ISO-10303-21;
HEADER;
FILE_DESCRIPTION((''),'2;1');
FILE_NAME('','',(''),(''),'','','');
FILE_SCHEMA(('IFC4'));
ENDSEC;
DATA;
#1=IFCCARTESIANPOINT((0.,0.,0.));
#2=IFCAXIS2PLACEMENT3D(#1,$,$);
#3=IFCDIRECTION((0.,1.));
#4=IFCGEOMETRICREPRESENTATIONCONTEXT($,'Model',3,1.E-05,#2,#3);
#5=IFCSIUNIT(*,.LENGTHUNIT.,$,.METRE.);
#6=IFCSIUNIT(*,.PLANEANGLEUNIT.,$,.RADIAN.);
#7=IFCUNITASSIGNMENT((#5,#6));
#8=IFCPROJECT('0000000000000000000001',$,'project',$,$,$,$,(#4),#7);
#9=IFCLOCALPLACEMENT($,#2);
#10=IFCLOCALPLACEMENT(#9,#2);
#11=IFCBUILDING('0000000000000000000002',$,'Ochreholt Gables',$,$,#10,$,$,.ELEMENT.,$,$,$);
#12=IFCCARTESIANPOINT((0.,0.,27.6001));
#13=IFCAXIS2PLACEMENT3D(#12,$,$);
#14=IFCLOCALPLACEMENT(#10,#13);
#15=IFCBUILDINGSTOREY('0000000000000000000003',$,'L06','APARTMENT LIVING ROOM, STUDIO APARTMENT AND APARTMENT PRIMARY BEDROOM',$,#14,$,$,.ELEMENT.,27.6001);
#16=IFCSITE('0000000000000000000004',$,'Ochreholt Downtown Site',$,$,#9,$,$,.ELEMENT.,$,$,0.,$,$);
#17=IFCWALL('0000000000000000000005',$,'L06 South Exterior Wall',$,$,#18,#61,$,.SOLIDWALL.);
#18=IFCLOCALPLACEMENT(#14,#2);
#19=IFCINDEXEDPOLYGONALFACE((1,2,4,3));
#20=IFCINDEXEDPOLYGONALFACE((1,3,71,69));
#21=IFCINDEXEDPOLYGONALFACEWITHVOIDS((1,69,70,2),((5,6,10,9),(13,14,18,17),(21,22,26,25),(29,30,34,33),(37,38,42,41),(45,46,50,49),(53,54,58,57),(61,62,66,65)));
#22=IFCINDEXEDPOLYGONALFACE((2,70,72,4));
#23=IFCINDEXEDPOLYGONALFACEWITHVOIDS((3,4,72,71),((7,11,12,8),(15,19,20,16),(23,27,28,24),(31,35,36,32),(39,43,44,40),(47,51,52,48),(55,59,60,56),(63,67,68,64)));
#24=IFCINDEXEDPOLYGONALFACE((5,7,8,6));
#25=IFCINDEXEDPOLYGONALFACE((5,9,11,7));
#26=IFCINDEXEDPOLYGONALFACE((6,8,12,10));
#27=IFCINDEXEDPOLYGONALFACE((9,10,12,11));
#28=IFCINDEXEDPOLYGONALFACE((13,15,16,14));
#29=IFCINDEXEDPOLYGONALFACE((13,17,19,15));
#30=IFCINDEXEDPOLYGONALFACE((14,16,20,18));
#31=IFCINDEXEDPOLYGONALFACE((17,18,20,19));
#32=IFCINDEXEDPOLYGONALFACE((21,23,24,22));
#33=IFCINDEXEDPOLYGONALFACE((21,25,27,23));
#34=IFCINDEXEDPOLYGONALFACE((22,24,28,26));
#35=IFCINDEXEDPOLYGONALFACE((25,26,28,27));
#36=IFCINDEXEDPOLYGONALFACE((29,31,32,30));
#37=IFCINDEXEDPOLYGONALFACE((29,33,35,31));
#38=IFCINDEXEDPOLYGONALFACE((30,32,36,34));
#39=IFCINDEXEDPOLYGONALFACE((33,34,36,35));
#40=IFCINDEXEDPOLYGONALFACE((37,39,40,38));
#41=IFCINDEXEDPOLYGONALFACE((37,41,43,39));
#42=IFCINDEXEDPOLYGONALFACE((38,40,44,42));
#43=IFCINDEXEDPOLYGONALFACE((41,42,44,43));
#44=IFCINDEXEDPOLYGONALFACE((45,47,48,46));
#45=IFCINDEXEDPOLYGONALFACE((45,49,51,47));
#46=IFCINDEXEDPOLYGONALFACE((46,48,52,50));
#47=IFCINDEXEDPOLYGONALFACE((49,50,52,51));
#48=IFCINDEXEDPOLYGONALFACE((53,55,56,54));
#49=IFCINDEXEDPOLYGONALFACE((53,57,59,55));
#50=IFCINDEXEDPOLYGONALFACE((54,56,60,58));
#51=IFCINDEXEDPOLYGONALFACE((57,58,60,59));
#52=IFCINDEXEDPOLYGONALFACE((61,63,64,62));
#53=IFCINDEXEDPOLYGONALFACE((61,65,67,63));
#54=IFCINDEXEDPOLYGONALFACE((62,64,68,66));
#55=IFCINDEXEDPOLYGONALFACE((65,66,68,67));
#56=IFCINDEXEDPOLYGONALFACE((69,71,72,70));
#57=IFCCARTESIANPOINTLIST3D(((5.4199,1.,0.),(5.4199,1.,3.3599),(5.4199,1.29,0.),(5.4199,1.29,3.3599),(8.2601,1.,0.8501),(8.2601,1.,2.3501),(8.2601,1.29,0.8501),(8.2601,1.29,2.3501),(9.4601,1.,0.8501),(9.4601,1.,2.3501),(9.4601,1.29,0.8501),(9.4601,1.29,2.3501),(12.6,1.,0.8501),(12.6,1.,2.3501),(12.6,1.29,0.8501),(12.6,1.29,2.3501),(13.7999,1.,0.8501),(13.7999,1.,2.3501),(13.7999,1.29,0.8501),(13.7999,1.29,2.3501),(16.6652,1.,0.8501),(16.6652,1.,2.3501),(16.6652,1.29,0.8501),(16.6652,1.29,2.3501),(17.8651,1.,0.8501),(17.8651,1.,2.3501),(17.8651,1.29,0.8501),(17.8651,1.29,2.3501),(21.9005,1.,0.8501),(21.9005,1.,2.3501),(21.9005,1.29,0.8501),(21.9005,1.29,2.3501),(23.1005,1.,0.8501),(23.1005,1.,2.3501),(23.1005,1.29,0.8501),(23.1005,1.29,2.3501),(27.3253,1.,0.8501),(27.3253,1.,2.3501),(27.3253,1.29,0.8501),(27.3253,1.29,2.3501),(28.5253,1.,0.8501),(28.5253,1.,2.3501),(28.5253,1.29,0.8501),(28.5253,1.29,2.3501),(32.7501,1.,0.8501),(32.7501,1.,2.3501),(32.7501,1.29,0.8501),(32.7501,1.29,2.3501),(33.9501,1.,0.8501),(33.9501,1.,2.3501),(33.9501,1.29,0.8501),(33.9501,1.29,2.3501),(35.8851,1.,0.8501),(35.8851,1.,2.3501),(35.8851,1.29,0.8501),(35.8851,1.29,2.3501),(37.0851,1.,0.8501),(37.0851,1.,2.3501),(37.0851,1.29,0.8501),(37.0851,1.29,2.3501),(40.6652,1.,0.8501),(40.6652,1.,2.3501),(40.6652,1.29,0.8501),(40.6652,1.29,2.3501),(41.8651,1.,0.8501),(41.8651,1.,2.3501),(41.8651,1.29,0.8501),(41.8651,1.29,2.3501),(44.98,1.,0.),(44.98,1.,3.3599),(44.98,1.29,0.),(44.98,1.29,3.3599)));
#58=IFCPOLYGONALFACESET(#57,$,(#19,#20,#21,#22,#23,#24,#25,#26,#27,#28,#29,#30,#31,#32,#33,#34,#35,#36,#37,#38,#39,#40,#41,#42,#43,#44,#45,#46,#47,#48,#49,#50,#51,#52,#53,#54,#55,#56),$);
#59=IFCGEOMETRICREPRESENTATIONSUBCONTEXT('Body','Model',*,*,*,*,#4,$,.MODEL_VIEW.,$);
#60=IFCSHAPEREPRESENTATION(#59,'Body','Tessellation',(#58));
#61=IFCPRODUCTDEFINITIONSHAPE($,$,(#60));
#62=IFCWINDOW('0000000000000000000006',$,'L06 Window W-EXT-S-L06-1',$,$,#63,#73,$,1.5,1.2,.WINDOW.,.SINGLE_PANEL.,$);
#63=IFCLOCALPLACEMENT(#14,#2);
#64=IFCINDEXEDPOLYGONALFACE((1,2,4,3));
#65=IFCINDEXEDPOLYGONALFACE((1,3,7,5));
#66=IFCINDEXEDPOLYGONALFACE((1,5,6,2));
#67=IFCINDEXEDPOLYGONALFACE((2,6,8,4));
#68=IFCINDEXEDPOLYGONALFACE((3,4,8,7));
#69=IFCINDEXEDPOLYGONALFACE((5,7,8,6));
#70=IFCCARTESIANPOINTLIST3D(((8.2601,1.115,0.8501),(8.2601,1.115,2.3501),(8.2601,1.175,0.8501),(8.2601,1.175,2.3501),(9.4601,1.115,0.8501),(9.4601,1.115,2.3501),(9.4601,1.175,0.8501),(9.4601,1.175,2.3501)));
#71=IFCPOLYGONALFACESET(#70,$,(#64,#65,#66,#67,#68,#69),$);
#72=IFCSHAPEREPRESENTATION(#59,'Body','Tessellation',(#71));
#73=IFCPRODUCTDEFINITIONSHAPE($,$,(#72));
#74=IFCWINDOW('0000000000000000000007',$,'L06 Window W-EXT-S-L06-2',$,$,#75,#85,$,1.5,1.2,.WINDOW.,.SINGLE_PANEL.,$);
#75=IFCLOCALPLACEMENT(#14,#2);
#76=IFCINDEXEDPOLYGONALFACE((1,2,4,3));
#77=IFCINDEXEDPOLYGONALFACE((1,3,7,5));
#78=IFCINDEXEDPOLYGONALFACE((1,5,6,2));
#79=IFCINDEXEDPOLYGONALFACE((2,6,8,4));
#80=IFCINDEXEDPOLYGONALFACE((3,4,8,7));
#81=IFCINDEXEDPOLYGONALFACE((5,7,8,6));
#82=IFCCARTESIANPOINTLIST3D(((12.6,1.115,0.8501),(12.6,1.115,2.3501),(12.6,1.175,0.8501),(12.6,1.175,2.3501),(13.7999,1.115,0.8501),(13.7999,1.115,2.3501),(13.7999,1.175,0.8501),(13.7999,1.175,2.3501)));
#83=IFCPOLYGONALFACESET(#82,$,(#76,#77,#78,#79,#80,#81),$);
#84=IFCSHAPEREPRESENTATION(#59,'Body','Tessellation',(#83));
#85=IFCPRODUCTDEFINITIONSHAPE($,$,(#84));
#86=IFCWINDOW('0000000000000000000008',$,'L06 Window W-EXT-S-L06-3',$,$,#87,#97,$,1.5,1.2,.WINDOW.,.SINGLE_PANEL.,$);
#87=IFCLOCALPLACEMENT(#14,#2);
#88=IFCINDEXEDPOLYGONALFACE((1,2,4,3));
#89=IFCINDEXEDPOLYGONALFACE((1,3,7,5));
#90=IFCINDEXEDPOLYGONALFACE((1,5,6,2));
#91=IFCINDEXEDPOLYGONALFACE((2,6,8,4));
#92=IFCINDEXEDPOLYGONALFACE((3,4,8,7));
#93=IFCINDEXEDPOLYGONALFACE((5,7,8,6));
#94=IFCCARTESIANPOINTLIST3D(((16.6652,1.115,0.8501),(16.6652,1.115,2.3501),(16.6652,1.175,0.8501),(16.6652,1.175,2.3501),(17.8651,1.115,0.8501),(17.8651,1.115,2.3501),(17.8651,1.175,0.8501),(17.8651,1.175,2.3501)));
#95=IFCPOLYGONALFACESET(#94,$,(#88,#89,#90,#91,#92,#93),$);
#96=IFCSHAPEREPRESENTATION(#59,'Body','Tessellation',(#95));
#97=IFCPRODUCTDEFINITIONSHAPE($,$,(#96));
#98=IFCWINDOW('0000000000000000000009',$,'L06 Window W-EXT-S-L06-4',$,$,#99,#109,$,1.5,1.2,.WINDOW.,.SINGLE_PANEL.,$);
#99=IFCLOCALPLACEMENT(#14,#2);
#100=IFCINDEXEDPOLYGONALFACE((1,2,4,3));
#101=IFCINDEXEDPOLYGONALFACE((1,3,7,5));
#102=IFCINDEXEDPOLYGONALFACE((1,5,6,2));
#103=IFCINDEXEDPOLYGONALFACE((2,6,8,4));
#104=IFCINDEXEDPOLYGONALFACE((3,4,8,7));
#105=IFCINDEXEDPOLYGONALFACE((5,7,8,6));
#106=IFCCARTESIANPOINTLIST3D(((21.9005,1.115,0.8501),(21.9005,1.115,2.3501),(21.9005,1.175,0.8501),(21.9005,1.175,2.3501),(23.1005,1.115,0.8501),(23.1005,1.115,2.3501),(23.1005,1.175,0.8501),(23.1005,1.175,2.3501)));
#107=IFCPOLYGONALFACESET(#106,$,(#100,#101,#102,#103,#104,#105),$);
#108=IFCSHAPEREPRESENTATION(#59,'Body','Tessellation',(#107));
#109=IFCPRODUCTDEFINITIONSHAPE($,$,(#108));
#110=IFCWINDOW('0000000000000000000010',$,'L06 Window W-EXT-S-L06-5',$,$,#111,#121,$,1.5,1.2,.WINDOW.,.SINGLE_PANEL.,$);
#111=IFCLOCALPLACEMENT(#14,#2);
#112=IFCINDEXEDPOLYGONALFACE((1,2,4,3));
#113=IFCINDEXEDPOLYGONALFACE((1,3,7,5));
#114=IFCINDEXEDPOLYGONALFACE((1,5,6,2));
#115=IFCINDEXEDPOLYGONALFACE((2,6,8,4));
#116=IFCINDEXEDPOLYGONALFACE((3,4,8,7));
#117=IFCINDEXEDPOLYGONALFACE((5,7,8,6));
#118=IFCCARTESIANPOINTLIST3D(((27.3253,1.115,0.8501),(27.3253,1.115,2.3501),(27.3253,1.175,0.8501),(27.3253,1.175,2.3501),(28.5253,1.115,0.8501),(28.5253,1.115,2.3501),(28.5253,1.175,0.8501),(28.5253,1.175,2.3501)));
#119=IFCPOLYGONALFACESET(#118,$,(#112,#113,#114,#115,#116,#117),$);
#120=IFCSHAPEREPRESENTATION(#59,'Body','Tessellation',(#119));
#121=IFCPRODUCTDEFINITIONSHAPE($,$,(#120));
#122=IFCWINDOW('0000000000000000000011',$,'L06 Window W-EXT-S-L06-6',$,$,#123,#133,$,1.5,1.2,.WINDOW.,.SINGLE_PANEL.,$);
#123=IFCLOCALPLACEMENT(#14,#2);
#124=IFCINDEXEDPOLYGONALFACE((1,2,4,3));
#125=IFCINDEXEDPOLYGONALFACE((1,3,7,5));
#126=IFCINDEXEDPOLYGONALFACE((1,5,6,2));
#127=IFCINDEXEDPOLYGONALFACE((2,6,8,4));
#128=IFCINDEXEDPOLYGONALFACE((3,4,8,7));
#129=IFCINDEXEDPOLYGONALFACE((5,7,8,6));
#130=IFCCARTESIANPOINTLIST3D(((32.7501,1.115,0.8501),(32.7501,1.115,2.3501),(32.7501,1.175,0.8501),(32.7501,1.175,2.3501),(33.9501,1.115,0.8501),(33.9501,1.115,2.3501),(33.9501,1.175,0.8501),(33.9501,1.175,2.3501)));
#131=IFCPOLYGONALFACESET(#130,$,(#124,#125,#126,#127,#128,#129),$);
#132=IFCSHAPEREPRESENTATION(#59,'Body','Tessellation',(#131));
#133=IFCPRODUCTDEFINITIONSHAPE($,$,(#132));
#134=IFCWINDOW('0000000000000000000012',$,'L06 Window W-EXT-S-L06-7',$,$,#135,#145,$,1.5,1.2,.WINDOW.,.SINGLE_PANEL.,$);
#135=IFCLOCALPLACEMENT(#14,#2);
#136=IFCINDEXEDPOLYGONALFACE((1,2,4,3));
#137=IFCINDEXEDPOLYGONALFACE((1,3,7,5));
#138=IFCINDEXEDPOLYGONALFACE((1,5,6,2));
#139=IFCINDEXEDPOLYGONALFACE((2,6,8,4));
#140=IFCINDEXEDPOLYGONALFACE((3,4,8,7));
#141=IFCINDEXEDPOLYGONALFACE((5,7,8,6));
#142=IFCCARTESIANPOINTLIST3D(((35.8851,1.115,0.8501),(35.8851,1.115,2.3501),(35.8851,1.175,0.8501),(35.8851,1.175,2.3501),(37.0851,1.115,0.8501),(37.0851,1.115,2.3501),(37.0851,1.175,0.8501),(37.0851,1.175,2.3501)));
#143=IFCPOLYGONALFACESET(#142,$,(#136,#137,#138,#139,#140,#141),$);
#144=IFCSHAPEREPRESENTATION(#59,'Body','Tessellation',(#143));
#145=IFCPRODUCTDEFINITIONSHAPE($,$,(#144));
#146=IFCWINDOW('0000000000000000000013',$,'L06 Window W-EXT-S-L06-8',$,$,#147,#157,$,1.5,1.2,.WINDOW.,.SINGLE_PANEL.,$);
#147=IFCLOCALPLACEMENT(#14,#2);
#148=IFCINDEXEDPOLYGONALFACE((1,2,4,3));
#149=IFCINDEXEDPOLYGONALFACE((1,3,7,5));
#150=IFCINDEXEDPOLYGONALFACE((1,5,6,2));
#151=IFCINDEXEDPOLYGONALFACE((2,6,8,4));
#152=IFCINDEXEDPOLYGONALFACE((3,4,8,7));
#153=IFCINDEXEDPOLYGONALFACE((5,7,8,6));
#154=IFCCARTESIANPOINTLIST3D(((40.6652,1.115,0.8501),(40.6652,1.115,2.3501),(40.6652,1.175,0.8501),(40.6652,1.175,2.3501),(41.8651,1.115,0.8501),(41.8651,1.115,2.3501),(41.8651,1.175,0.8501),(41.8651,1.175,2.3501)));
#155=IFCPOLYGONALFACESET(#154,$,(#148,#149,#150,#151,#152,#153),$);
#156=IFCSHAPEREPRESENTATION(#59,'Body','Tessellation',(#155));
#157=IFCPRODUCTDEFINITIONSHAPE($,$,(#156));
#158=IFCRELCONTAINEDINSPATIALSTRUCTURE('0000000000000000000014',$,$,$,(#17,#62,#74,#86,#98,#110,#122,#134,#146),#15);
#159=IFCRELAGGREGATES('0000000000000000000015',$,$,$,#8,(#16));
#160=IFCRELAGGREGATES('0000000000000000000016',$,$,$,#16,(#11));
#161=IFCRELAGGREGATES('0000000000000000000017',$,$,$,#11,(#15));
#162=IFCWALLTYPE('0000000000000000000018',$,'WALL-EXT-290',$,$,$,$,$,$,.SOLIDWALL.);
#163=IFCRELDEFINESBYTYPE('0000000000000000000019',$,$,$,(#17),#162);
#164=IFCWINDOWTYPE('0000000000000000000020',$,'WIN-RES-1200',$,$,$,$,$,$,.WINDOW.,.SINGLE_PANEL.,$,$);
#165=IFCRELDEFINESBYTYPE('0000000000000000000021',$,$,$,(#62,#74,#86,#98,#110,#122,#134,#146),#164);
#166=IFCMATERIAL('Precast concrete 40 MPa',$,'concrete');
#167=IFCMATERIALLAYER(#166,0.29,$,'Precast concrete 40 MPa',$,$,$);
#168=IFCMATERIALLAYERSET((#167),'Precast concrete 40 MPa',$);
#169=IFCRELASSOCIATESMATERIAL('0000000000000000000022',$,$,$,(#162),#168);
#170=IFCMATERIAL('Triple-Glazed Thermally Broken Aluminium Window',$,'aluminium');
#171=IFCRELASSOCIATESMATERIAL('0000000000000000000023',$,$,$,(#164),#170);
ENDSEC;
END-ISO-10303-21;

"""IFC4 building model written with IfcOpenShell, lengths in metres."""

from ifc_helpers import new_model, si_unit, direction, frame, frame_2d, origin, place, context, subcontext, project, spatial, rectangle, extrude, material, layer, layer_set, type_object, element, fill, save


model = new_model("IFC4")

# Units and contexts
model_context = context("Model", 3, precision=1e-05, world=origin(), true_north=direction((0.0, 1.0)))
body_context = subcontext(model_context, "Body", "Model", "MODEL_VIEW")
ifc_project = project(units=[si_unit("LENGTHUNIT", "METRE"), si_unit("PLANEANGLEUNIT", "RADIAN")], contexts=[model_context])

# Site, building, storey
site_placement = place(None, origin())
site = spatial("IfcSite", under=ifc_project, at=site_placement, Name="Ochreholt Downtown Site", CompositionType="ELEMENT", RefElevation=0.0)
building_placement = place(site_placement, origin())
building = spatial("IfcBuilding", under=site, at=building_placement, Name="Ochreholt Gables", CompositionType="ELEMENT")
storey_placement = place(building_placement, frame((0.0, 0.0, 27.6001)))
storey = spatial("IfcBuildingStorey", under=building, at=storey_placement, Name="L06", Description="APARTMENT LIVING ROOM, STUDIO APARTMENT AND APARTMENT PRIMARY BEDROOM", CompositionType="ELEMENT", Elevation=27.6001)

# Wall, openings, windows
ifc_material_1 = material(Name="Precast concrete 40 MPa", Category="concrete")
ifc_layer_1 = layer(ifc_material_1, 0.29, Name="Precast concrete 40 MPa")
ifc_layer_set_1 = layer_set([ifc_layer_1], Name="Precast concrete 40 MPa")
wall_type_1 = type_object("IfcWallType", Name="WALL-EXT-290", PredefinedType="SOLIDWALL", material=ifc_layer_set_1)
wall_1_placement = place(storey_placement, frame((5.4199, 1.145, 0.0), z_axis=(0.0, 0.0, 1.0), x_axis=(1.0, 0.0, 0.0)))
wall_1 = element("IfcWall", 1, at=wall_1_placement, inside=storey, type_object=wall_type_1, Name="L06 South Exterior Wall", PredefinedType="SOLIDWALL", context=body_context, shape_type="SweptSolid", body=[
    extrude(rectangle(XDim=39.5601, YDim=0.29, at=frame_2d((19.78, 0.0))), origin(), (0.0, 0.0, 1.0), 3.3599),
])
opening_1_placement = place(wall_1_placement, frame((2.8401, 0.0, 0.8501)))
opening_1 = element("IfcOpeningElement", 2, at=opening_1_placement, cuts=wall_1, PredefinedType="OPENING", context=body_context, shape_type="SweptSolid", body=[
    extrude(rectangle(XDim=1.2, YDim=1.5, at=frame_2d((0.6001, 0.75))), frame((0.0, 0.155, 0.0), z_axis=(0.0, -1.0, 0.0), x_axis=(1.0, 0.0, 0.0)), (0.0, 0.0, 1.0), 0.3101),
])
opening_2_placement = place(wall_1_placement, frame((7.1799, 0.0, 0.8501)))
opening_2 = element("IfcOpeningElement", 3, at=opening_2_placement, cuts=wall_1, PredefinedType="OPENING", context=body_context, shape_type="SweptSolid", body=[
    extrude(rectangle(XDim=1.2, YDim=1.5, at=frame_2d((0.6001, 0.75))), frame((0.0, 0.155, 0.0), z_axis=(0.0, -1.0, 0.0), x_axis=(1.0, 0.0, 0.0)), (0.0, 0.0, 1.0), 0.3101),
])
opening_3_placement = place(wall_1_placement, frame((11.2451, 0.0, 0.8501)))
opening_3 = element("IfcOpeningElement", 4, at=opening_3_placement, cuts=wall_1, PredefinedType="OPENING", context=body_context, shape_type="SweptSolid", body=[
    extrude(rectangle(XDim=1.2, YDim=1.5, at=frame_2d((0.6001, 0.75))), frame((0.0, 0.155, 0.0), z_axis=(0.0, -1.0, 0.0), x_axis=(1.0, 0.0, 0.0)), (0.0, 0.0, 1.0), 0.3101),
])
opening_4_placement = place(wall_1_placement, frame((16.4805, 0.0, 0.8501)))
opening_4 = element("IfcOpeningElement", 5, at=opening_4_placement, cuts=wall_1, PredefinedType="OPENING", context=body_context, shape_type="SweptSolid", body=[
    extrude(rectangle(XDim=1.2, YDim=1.5, at=frame_2d((0.6001, 0.75))), frame((0.0, 0.155, 0.0), z_axis=(0.0, -1.0, 0.0), x_axis=(1.0, 0.0, 0.0)), (0.0, 0.0, 1.0), 0.3101),
])
opening_5_placement = place(wall_1_placement, frame((21.9053, 0.0, 0.8501)))
opening_5 = element("IfcOpeningElement", 6, at=opening_5_placement, cuts=wall_1, PredefinedType="OPENING", context=body_context, shape_type="SweptSolid", body=[
    extrude(rectangle(XDim=1.2, YDim=1.5, at=frame_2d((0.6001, 0.75))), frame((0.0, 0.155, 0.0), z_axis=(0.0, -1.0, 0.0), x_axis=(1.0, 0.0, 0.0)), (0.0, 0.0, 1.0), 0.3101),
])
opening_6_placement = place(wall_1_placement, frame((27.3301, 0.0, 0.8501)))
opening_6 = element("IfcOpeningElement", 7, at=opening_6_placement, cuts=wall_1, PredefinedType="OPENING", context=body_context, shape_type="SweptSolid", body=[
    extrude(rectangle(XDim=1.2, YDim=1.5, at=frame_2d((0.6001, 0.75))), frame((0.0, 0.155, 0.0), z_axis=(0.0, -1.0, 0.0), x_axis=(1.0, 0.0, 0.0)), (0.0, 0.0, 1.0), 0.3101),
])
opening_7_placement = place(wall_1_placement, frame((30.4651, 0.0, 0.8501)))
opening_7 = element("IfcOpeningElement", 8, at=opening_7_placement, cuts=wall_1, PredefinedType="OPENING", context=body_context, shape_type="SweptSolid", body=[
    extrude(rectangle(XDim=1.2, YDim=1.5, at=frame_2d((0.6001, 0.75))), frame((0.0, 0.155, 0.0), z_axis=(0.0, -1.0, 0.0), x_axis=(1.0, 0.0, 0.0)), (0.0, 0.0, 1.0), 0.3101),
])
opening_8_placement = place(wall_1_placement, frame((35.2451, 0.0, 0.8501)))
opening_8 = element("IfcOpeningElement", 9, at=opening_8_placement, cuts=wall_1, PredefinedType="OPENING", context=body_context, shape_type="SweptSolid", body=[
    extrude(rectangle(XDim=1.2, YDim=1.5, at=frame_2d((0.6001, 0.75))), frame((0.0, 0.155, 0.0), z_axis=(0.0, -1.0, 0.0), x_axis=(1.0, 0.0, 0.0)), (0.0, 0.0, 1.0), 0.3101),
])
ifc_material_2 = material(Name="Triple-Glazed Thermally Broken Aluminium Window", Category="aluminium")
window_type = type_object("IfcWindowType", Name="WIN-RES-1200", PartitioningType="SINGLE_PANEL", PredefinedType="WINDOW", material=ifc_material_2)
window_1_placement = place(opening_1_placement, origin())
window_1 = element("IfcWindow", 10, at=window_1_placement, inside=storey, type_object=window_type, Name="L06 Window W-EXT-S-L06-1", OverallHeight=1.5, OverallWidth=1.2, PartitioningType="SINGLE_PANEL", PredefinedType="WINDOW", context=body_context, shape_type="SweptSolid", body=[
    extrude(rectangle(XDim=1.2, YDim=1.5, at=frame_2d((0.6001, 0.75))), frame((0.0, 0.03, 0.0), z_axis=(0.0, -1.0, 0.0), x_axis=(1.0, 0.0, 0.0)), (0.0, 0.0, 1.0), 0.0601),
])
fill(opening_1, window_1)
window_2_placement = place(opening_2_placement, origin())
window_2 = element("IfcWindow", 11, at=window_2_placement, inside=storey, type_object=window_type, Name="L06 Window W-EXT-S-L06-2", OverallHeight=1.5, OverallWidth=1.2, PartitioningType="SINGLE_PANEL", PredefinedType="WINDOW", context=body_context, shape_type="SweptSolid", body=[
    extrude(rectangle(XDim=1.2, YDim=1.5, at=frame_2d((0.6001, 0.75))), frame((0.0, 0.03, 0.0), z_axis=(0.0, -1.0, 0.0), x_axis=(1.0, 0.0, 0.0)), (0.0, 0.0, 1.0), 0.0601),
])
fill(opening_2, window_2)
window_3_placement = place(opening_3_placement, origin())
window_3 = element("IfcWindow", 12, at=window_3_placement, inside=storey, type_object=window_type, Name="L06 Window W-EXT-S-L06-3", OverallHeight=1.5, OverallWidth=1.2, PartitioningType="SINGLE_PANEL", PredefinedType="WINDOW", context=body_context, shape_type="SweptSolid", body=[
    extrude(rectangle(XDim=1.2, YDim=1.5, at=frame_2d((0.6001, 0.75))), frame((0.0, 0.03, 0.0), z_axis=(0.0, -1.0, 0.0), x_axis=(1.0, 0.0, 0.0)), (0.0, 0.0, 1.0), 0.0601),
])
fill(opening_3, window_3)
window_4_placement = place(opening_4_placement, origin())
window_4 = element("IfcWindow", 13, at=window_4_placement, inside=storey, type_object=window_type, Name="L06 Window W-EXT-S-L06-4", OverallHeight=1.5, OverallWidth=1.2, PartitioningType="SINGLE_PANEL", PredefinedType="WINDOW", context=body_context, shape_type="SweptSolid", body=[
    extrude(rectangle(XDim=1.2, YDim=1.5, at=frame_2d((0.6001, 0.75))), frame((0.0, 0.03, 0.0), z_axis=(0.0, -1.0, 0.0), x_axis=(1.0, 0.0, 0.0)), (0.0, 0.0, 1.0), 0.0601),
])
fill(opening_4, window_4)
window_5_placement = place(opening_5_placement, origin())
window_5 = element("IfcWindow", 14, at=window_5_placement, inside=storey, type_object=window_type, Name="L06 Window W-EXT-S-L06-5", OverallHeight=1.5, OverallWidth=1.2, PartitioningType="SINGLE_PANEL", PredefinedType="WINDOW", context=body_context, shape_type="SweptSolid", body=[
    extrude(rectangle(XDim=1.2, YDim=1.5, at=frame_2d((0.6001, 0.75))), frame((0.0, 0.03, 0.0), z_axis=(0.0, -1.0, 0.0), x_axis=(1.0, 0.0, 0.0)), (0.0, 0.0, 1.0), 0.0601),
])
fill(opening_5, window_5)
window_6_placement = place(opening_6_placement, origin())
window_6 = element("IfcWindow", 15, at=window_6_placement, inside=storey, type_object=window_type, Name="L06 Window W-EXT-S-L06-6", OverallHeight=1.5, OverallWidth=1.2, PartitioningType="SINGLE_PANEL", PredefinedType="WINDOW", context=body_context, shape_type="SweptSolid", body=[
    extrude(rectangle(XDim=1.2, YDim=1.5, at=frame_2d((0.6001, 0.75))), frame((0.0, 0.03, 0.0), z_axis=(0.0, -1.0, 0.0), x_axis=(1.0, 0.0, 0.0)), (0.0, 0.0, 1.0), 0.0601),
])
fill(opening_6, window_6)
window_7_placement = place(opening_7_placement, origin())
window_7 = element("IfcWindow", 16, at=window_7_placement, inside=storey, type_object=window_type, Name="L06 Window W-EXT-S-L06-7", OverallHeight=1.5, OverallWidth=1.2, PartitioningType="SINGLE_PANEL", PredefinedType="WINDOW", context=body_context, shape_type="SweptSolid", body=[
    extrude(rectangle(XDim=1.2, YDim=1.5, at=frame_2d((0.6001, 0.75))), frame((0.0, 0.03, 0.0), z_axis=(0.0, -1.0, 0.0), x_axis=(1.0, 0.0, 0.0)), (0.0, 0.0, 1.0), 0.0601),
])
fill(opening_7, window_7)
window_8_placement = place(opening_8_placement, origin())
window_8 = element("IfcWindow", 17, at=window_8_placement, inside=storey, type_object=window_type, Name="L06 Window W-EXT-S-L06-8", OverallHeight=1.5, OverallWidth=1.2, PartitioningType="SINGLE_PANEL", PredefinedType="WINDOW", context=body_context, shape_type="SweptSolid", body=[
    extrude(rectangle(XDim=1.2, YDim=1.5, at=frame_2d((0.6001, 0.75))), frame((0.0, 0.03, 0.0), z_axis=(0.0, -1.0, 0.0), x_axis=(1.0, 0.0, 0.0)), (0.0, 0.0, 1.0), 0.0601),
])
fill(opening_8, window_8)

save(model, "model.ifc")
